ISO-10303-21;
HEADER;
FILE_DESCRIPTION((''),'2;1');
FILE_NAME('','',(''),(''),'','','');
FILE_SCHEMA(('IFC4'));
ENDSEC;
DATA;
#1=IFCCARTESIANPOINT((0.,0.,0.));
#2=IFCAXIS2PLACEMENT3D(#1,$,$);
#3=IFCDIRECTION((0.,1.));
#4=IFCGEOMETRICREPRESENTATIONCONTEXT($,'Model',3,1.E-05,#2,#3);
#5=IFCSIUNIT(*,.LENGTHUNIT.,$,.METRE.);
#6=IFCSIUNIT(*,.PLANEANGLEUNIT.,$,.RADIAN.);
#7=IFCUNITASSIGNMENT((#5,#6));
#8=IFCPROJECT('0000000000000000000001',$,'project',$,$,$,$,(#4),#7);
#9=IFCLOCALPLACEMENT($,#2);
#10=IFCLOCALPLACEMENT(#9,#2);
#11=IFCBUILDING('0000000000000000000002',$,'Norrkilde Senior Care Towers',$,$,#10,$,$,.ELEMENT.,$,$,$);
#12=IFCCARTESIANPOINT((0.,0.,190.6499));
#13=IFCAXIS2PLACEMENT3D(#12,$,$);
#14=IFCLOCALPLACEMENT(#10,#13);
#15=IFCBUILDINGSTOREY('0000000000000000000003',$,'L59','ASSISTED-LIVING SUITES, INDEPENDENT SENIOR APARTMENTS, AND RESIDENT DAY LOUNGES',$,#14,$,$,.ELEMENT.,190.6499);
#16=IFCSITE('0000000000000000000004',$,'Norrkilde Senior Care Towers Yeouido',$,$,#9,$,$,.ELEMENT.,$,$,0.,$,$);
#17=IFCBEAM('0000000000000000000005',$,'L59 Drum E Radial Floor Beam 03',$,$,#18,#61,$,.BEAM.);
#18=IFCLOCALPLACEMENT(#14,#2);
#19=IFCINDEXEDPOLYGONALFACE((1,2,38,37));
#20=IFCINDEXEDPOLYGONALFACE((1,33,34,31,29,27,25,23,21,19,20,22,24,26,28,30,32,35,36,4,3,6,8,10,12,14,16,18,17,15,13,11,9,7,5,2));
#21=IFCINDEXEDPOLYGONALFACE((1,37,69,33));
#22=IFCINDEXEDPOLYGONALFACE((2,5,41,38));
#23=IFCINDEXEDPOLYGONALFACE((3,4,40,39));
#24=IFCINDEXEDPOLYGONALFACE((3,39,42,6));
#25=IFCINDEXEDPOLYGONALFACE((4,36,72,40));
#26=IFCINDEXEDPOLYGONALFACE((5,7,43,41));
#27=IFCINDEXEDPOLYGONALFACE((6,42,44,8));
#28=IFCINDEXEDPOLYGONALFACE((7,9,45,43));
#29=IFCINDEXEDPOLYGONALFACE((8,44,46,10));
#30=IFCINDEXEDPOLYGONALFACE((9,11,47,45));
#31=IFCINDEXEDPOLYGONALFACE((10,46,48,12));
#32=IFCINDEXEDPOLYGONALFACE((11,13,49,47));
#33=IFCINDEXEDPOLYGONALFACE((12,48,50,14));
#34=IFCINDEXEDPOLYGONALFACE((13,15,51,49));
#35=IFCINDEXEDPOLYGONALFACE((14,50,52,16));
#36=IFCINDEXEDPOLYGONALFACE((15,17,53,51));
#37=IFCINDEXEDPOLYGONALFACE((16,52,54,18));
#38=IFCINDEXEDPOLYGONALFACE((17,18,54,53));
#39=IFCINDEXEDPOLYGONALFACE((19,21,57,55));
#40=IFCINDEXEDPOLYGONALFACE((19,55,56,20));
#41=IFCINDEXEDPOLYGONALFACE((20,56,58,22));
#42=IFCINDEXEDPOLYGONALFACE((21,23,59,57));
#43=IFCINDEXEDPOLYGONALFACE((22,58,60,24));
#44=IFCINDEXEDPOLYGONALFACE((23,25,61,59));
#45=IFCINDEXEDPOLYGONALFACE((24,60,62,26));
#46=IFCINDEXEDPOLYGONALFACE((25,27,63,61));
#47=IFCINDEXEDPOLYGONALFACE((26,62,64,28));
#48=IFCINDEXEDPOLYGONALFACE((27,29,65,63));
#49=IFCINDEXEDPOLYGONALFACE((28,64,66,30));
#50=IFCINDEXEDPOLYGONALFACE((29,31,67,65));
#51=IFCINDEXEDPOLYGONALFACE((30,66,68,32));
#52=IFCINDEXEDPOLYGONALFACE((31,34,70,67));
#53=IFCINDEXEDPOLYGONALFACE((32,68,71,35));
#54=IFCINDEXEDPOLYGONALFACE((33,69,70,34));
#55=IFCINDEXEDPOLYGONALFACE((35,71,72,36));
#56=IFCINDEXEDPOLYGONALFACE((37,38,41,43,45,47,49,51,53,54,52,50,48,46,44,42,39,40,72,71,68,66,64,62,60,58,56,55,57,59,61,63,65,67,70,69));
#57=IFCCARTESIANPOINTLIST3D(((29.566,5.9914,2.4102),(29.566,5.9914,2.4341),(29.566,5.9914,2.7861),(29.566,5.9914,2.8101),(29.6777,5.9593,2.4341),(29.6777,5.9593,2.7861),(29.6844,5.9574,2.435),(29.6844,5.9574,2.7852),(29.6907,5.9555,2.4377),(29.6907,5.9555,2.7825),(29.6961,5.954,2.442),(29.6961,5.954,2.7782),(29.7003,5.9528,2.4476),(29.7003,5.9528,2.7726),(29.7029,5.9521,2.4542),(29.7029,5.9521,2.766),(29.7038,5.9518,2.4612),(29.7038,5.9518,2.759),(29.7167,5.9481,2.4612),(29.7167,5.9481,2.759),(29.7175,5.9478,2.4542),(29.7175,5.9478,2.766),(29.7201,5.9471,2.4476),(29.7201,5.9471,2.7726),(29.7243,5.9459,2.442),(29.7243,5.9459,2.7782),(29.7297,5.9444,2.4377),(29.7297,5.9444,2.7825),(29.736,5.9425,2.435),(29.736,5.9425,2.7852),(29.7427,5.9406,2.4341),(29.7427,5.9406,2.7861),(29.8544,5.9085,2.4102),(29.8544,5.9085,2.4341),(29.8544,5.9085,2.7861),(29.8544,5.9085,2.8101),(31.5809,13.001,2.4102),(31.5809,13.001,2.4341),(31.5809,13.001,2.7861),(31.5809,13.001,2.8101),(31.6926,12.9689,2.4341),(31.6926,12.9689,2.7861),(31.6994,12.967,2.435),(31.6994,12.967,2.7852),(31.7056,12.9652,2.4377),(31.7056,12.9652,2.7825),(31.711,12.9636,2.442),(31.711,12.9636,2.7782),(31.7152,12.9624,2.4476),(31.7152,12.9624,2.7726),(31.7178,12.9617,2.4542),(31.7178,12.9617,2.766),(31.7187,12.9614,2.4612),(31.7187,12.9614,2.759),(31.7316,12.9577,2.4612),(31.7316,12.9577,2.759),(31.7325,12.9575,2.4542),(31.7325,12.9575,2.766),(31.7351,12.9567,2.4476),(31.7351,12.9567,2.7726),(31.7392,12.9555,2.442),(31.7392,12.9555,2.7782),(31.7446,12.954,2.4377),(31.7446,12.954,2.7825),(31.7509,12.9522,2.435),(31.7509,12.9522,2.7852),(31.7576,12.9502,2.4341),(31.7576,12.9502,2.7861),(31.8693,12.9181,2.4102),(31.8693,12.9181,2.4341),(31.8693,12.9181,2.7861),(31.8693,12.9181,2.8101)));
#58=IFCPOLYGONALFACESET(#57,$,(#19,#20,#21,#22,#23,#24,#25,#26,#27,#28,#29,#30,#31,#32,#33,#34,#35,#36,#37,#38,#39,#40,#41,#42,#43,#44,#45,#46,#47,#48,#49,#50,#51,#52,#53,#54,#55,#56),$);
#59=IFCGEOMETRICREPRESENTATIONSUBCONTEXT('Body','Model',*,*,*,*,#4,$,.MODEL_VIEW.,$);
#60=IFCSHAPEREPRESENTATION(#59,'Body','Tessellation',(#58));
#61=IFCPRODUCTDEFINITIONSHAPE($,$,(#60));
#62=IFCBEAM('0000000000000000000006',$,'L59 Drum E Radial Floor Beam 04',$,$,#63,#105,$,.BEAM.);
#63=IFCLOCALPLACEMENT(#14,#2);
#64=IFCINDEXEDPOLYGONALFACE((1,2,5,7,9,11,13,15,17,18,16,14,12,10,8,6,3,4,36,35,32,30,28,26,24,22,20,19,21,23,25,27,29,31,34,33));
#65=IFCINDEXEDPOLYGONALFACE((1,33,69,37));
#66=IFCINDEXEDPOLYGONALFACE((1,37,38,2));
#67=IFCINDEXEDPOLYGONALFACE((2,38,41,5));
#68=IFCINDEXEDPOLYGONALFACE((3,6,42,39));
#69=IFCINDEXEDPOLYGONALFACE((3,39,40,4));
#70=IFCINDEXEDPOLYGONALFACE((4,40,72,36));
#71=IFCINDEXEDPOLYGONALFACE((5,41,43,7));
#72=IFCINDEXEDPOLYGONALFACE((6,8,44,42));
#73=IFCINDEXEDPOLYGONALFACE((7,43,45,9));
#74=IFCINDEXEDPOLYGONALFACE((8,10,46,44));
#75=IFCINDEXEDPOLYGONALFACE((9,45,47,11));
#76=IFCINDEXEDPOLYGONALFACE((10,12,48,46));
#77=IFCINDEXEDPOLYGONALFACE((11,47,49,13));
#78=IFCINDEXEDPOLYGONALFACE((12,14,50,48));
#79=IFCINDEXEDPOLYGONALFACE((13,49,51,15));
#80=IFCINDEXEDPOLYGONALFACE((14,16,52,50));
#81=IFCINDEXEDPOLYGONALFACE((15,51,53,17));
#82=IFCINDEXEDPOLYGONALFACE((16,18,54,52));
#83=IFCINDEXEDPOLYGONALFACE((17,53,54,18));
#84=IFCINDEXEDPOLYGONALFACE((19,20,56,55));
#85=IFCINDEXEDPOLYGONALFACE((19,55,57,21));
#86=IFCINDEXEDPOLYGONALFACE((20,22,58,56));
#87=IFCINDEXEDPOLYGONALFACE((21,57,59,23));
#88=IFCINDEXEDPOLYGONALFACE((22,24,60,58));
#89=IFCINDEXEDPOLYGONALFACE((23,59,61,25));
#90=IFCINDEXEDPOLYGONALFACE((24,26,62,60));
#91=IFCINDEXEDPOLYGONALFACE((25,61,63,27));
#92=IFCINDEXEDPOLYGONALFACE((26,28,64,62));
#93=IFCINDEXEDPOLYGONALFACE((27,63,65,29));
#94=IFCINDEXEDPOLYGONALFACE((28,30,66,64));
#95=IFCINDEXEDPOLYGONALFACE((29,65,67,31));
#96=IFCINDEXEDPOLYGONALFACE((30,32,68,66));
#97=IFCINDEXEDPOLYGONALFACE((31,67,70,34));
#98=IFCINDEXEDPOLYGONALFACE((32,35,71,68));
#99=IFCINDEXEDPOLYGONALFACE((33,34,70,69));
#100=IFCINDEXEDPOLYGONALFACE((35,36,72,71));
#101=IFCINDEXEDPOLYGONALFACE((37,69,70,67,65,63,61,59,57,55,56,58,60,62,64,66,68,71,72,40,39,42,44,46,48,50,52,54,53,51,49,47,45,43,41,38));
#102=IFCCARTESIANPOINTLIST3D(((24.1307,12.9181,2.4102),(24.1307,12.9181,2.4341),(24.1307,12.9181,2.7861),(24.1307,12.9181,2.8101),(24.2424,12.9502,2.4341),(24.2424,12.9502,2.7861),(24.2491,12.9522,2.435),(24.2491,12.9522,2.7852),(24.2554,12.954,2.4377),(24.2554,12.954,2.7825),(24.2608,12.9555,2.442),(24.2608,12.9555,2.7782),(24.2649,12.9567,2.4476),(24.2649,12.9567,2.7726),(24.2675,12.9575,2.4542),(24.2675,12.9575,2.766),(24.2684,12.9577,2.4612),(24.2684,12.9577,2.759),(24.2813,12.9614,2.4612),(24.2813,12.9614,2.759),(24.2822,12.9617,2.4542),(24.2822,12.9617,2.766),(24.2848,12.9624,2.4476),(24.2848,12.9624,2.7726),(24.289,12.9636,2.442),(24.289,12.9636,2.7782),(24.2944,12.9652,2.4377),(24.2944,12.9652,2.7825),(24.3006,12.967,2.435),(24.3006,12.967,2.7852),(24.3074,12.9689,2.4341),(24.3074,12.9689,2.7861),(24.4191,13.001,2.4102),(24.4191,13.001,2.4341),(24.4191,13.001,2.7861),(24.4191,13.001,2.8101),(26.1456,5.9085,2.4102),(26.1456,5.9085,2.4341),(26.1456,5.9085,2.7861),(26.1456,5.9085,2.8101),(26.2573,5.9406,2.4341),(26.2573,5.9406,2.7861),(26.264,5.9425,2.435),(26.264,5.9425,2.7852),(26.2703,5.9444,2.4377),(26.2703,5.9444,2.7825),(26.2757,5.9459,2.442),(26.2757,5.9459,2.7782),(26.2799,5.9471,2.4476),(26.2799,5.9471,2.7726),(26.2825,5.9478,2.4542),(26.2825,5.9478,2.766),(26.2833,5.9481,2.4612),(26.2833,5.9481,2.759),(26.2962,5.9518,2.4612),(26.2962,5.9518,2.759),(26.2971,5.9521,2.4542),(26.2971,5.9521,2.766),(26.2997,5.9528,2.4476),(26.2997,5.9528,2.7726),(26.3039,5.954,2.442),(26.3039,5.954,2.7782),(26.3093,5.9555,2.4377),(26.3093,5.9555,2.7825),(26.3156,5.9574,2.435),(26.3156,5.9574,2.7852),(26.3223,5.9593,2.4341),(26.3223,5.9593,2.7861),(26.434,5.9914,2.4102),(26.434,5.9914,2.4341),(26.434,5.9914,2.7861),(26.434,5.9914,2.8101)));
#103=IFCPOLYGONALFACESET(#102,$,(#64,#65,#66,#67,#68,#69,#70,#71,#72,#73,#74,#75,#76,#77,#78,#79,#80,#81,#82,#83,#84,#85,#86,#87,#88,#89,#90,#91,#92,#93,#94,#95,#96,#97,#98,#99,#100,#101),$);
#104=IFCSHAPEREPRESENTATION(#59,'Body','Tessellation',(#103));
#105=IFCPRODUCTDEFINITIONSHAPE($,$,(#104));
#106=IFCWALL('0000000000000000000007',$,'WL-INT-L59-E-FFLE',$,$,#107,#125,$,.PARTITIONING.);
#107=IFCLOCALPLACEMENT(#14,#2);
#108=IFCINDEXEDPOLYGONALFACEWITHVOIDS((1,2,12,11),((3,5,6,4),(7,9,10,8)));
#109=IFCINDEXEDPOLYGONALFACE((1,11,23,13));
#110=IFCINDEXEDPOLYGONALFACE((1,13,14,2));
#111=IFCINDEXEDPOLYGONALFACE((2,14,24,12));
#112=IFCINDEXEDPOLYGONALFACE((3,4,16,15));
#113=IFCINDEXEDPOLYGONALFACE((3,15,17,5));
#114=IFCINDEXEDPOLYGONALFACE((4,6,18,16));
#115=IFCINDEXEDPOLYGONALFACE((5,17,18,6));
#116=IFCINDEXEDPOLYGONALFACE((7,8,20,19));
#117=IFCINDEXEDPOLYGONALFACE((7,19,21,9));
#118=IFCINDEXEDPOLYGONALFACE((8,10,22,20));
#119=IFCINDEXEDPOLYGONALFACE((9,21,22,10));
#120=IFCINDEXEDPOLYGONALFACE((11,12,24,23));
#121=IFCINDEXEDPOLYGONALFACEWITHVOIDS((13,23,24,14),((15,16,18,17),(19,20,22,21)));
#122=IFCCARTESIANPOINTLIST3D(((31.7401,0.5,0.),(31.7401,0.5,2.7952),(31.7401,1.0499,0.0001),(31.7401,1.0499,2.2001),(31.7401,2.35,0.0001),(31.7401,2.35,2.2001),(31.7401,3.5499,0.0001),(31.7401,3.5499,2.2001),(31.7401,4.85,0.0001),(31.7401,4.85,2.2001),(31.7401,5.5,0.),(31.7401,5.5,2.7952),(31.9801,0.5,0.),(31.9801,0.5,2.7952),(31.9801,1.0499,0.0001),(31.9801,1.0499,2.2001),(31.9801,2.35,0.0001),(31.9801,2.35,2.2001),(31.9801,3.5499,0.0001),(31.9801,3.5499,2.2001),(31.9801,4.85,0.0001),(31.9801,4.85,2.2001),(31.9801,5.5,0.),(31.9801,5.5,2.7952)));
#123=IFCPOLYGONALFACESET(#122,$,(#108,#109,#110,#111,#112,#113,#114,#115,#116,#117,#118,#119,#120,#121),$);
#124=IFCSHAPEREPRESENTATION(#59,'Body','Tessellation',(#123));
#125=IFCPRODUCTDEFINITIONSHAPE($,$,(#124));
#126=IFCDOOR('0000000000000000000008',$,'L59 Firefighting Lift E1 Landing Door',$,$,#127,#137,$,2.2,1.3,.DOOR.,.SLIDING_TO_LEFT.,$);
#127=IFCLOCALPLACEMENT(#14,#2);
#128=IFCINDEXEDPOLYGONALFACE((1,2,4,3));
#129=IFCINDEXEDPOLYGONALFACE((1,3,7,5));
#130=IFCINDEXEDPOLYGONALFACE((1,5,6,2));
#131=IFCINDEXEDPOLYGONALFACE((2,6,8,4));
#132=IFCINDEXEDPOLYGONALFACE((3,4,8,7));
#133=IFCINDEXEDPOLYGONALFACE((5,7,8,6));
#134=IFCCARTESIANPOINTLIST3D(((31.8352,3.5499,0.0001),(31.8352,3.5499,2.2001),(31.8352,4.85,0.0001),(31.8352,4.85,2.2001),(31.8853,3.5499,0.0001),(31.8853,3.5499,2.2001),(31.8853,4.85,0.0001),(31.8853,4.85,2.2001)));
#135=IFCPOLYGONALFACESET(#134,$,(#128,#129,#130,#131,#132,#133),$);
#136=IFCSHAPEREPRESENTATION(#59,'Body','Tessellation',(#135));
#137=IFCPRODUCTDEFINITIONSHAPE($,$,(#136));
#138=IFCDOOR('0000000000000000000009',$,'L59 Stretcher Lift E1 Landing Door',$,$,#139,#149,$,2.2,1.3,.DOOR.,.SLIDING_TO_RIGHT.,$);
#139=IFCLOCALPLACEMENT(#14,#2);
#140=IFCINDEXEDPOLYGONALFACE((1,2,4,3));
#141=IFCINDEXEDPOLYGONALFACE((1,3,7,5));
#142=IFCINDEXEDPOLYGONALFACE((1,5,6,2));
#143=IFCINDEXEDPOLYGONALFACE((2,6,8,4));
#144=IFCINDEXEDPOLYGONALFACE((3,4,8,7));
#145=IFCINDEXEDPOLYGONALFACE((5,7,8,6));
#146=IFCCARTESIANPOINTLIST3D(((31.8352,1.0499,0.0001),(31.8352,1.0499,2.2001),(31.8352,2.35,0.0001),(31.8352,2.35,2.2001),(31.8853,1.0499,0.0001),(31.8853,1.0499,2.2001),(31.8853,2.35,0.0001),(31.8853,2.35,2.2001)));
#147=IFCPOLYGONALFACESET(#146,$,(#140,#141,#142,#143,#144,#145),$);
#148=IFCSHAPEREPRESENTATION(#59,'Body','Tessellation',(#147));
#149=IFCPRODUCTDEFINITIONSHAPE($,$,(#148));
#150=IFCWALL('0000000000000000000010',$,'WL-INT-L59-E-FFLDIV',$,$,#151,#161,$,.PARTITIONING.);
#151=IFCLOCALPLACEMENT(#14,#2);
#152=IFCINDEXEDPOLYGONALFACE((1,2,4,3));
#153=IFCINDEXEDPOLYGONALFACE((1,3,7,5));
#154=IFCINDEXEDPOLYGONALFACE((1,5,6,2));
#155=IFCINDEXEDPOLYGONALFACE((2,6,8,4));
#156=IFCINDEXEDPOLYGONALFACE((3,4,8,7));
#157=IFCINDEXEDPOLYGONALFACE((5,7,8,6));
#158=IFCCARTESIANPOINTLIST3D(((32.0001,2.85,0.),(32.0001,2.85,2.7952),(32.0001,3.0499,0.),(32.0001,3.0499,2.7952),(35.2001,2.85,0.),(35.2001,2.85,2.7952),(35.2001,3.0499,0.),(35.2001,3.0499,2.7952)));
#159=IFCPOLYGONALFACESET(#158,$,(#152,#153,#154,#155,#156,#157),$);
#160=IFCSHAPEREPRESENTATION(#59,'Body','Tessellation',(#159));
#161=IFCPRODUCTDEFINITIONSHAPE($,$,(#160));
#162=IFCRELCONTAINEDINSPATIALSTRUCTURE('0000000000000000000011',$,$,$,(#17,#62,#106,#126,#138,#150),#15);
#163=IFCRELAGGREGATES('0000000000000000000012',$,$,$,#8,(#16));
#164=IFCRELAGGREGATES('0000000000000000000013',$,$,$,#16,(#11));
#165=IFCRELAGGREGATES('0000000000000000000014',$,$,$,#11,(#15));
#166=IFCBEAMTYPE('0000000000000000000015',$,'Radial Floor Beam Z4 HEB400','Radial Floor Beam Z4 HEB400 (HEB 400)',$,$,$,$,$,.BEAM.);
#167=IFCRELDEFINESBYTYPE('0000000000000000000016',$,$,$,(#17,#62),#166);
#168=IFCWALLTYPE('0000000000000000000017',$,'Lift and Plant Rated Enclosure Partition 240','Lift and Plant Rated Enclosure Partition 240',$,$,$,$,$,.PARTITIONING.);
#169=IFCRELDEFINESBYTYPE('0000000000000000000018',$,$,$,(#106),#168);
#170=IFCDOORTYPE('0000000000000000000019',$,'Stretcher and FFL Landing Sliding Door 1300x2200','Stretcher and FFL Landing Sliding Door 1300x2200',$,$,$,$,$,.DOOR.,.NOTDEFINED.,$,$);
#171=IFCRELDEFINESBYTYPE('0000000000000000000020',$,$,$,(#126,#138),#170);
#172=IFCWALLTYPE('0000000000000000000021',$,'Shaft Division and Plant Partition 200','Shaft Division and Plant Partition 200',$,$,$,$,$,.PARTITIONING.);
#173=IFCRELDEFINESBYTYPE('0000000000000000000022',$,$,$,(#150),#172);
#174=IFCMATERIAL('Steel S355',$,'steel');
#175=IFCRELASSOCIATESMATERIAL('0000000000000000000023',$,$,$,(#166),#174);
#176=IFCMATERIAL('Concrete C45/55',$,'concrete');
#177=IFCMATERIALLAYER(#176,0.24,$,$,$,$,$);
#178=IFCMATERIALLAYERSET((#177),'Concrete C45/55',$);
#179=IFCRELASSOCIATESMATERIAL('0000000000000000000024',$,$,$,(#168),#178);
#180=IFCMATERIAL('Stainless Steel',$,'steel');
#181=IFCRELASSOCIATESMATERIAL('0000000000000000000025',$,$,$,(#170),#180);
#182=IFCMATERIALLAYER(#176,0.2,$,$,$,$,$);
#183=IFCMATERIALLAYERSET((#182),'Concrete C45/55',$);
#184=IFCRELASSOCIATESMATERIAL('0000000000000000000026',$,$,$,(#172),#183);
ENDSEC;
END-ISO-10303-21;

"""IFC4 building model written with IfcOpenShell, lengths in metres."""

from ifc_helpers import new_model, si_unit, direction, frame, frame_2d, origin, origin_2d, place, context, subcontext, project, spatial, rectangle, i_section, extrude, source, transform, mapped, material, layer, layer_set, material_profile, profile_set, type_object, type_shapes, element, fill, save


model = new_model("IFC4")

# Units and contexts
model_context = context("Model", 3, precision=1e-05, world=origin(), true_north=direction((0.0, 1.0)))
body_context = subcontext(model_context, "Body", "Model", "MODEL_VIEW")
ifc_project = project(units=[si_unit("LENGTHUNIT", "METRE"), si_unit("PLANEANGLEUNIT", "RADIAN")], contexts=[model_context])

# Site, building, storey
site_placement = place(None, origin())
site = spatial("IfcSite", under=ifc_project, at=site_placement, Name="Norrkilde Senior Care Towers Yeouido", CompositionType="ELEMENT", RefElevation=0.0)
building_placement = place(site_placement, origin())
building = spatial("IfcBuilding", under=site, at=building_placement, Name="Norrkilde Senior Care Towers", CompositionType="ELEMENT")
storey_placement = place(building_placement, frame((0.0, 0.0, 190.6499)))
storey = spatial("IfcBuildingStorey", under=building, at=storey_placement, Name="L59", Description="ASSISTED-LIVING SUITES, INDEPENDENT SENIOR APARTMENTS, AND RESIDENT DAY LOUNGES", CompositionType="ELEMENT", Elevation=190.6499)

# Beams
ifc_material_1 = material(Name="Steel S355", Category="steel")
ifc_material_profile = material_profile(ifc_material_1, i_section(OverallWidth=0.3, OverallDepth=0.3999, WebThickness=0.0134, FlangeThickness=0.0239, FilletRadius=0.0271, at=origin_2d()), Name="HEB 400")
ifc_profile_set = profile_set([ifc_material_profile], Name="Steel S355")
beam_type = type_object("IfcBeamType", Name="Radial Floor Beam Z4 HEB400", Description="Radial Floor Beam Z4 HEB400 (HEB 400)", PredefinedType="BEAM", material=ifc_profile_set)
shared_shape_1 = source(origin(), body_context, "Body", "SweptSolid", [
    extrude(i_section(OverallWidth=0.3, OverallDepth=0.3999, WebThickness=0.0134, FlangeThickness=0.0239, FilletRadius=0.0271, at=origin_2d()), origin(), (0.0, 0.0, 1.0), 7.2935),
])
type_shapes(beam_type, [shared_shape_1])
for number, where, z_axis, x_axis, name in (
    (1, (29.7102, 5.95, 2.6101), (0.276264, 0.961082, 0.0), (-0.961082, 0.276264, 0.0), "L59 Drum E Radial Floor Beam 03"),
    (2, (26.2898, 5.95, 2.6101), (-0.276264, 0.961082, 0.0), (-0.961082, -0.276264, 0.0), "L59 Drum E Radial Floor Beam 04"),
):
    element("IfcBeam", number, at=place(storey_placement, frame(where, z_axis=z_axis, x_axis=x_axis)), inside=storey, type_object=beam_type, Name=name, PredefinedType="BEAM", context=body_context, shape_type="MappedRepresentation", body=[
        mapped(shared_shape_1, transform((0.0, 0.0, 0.0), x_axis=(1.0, 0.0, 0.0), y_axis=(0.0, 1.0, 0.0), z_axis=(0.0, 0.0, 1.0), scale=1.0)),
    ])

# Wall, openings, doors
ifc_material_2 = material(Name="Concrete C45/55", Category="concrete")
ifc_layer_1 = layer(ifc_material_2, 0.24)
ifc_layer_set_1 = layer_set([ifc_layer_1], Name="Concrete C45/55")
wall_type_1 = type_object("IfcWallType", Name="Lift and Plant Rated Enclosure Partition 240", Description="Lift and Plant Rated Enclosure Partition 240", PredefinedType="PARTITIONING", material=ifc_layer_set_1)
shared_shape_2 = source(origin(), body_context, "Body", "SweptSolid", [
    extrude(rectangle(XDim=5.0, YDim=0.24, at=frame_2d((2.5, 0.0))), origin(), (0.0, 0.0, 1.0), 2.7952),
])
type_shapes(wall_type_1, [shared_shape_2])
wall_1_placement = place(storey_placement, frame((31.8601, 0.5, 0.0), z_axis=(0.0, 0.0, 1.0), x_axis=(0.0, 1.0, 0.0)))
wall_1 = element("IfcWall", 3, at=wall_1_placement, inside=storey, type_object=wall_type_1, Name="WL-INT-L59-E-FFLE", PredefinedType="PARTITIONING", context=body_context, shape_type="MappedRepresentation", body=[
    mapped(shared_shape_2, transform((0.0, 0.0, 0.0), x_axis=(1.0, 0.0, 0.0), y_axis=(0.0, 1.0, 0.0), z_axis=(0.0, 0.0, 1.0), scale=1.0)),
])
opening_1_placement = place(wall_1_placement, frame((3.05, 0.0, 0.0)))
opening_1 = element("IfcOpeningElement", 4, at=opening_1_placement, cuts=wall_1, PredefinedType="OPENING", context=body_context, shape_type="SweptSolid", body=[
    extrude(rectangle(XDim=1.3, YDim=2.2, at=frame_2d((0.6499, 1.1001))), frame((0.0, 0.1299, 0.0), z_axis=(0.0, -1.0, 0.0), x_axis=(1.0, 0.0, 0.0)), (0.0, 0.0, 1.0), 0.26),
])
opening_2_placement = place(wall_1_placement, frame((0.55, 0.0, 0.0)))
opening_2 = element("IfcOpeningElement", 5, at=opening_2_placement, cuts=wall_1, PredefinedType="OPENING", context=body_context, shape_type="SweptSolid", body=[
    extrude(rectangle(XDim=1.3, YDim=2.2, at=frame_2d((0.6499, 1.1001))), frame((0.0, 0.1299, 0.0), z_axis=(0.0, -1.0, 0.0), x_axis=(1.0, 0.0, 0.0)), (0.0, 0.0, 1.0), 0.26),
])
ifc_material_3 = material(Name="Stainless Steel", Category="steel")
door_type_1 = type_object("IfcDoorType", Name="Stretcher and FFL Landing Sliding Door 1300x2200", Description="Stretcher and FFL Landing Sliding Door 1300x2200", OperationType="NOTDEFINED", PredefinedType="DOOR", material=ifc_material_3)
shared_shape_3 = source(origin(), body_context, "Body", "SweptSolid", [
    extrude(rectangle(XDim=1.3, YDim=2.2, at=frame_2d((0.6499, 1.1001))), frame((0.0, 0.0249, 0.0), z_axis=(0.0, -1.0, 0.0), x_axis=(1.0, 0.0, 0.0)), (0.0, 0.0, 1.0), 0.05),
])
type_shapes(door_type_1, [shared_shape_3])
door_1_placement = place(opening_1_placement, origin())
door_1 = element("IfcDoor", 6, at=door_1_placement, inside=storey, type_object=door_type_1, Name="L59 Firefighting Lift E1 Landing Door", OperationType="SLIDING_TO_LEFT", OverallHeight=2.2, OverallWidth=1.3, PredefinedType="DOOR", context=body_context, shape_type="MappedRepresentation", body=[
    mapped(shared_shape_3, transform((0.0, 0.0, 0.0), x_axis=(1.0, 0.0, 0.0), y_axis=(0.0, 1.0, 0.0), z_axis=(0.0, 0.0, 1.0), scale=1.0)),
])
fill(opening_1, door_1)
door_2_placement = place(opening_2_placement, origin())
door_2 = element("IfcDoor", 7, at=door_2_placement, inside=storey, type_object=door_type_1, Name="L59 Stretcher Lift E1 Landing Door", OperationType="SLIDING_TO_RIGHT", OverallHeight=2.2, OverallWidth=1.3, PredefinedType="DOOR", context=body_context, shape_type="MappedRepresentation", body=[
    mapped(shared_shape_3, transform((0.0, 0.0, 0.0), x_axis=(1.0, 0.0, 0.0), y_axis=(0.0, 1.0, 0.0), z_axis=(0.0, 0.0, 1.0), scale=1.0)),
])
fill(opening_2, door_2)

# Wall
ifc_layer_2 = layer(ifc_material_2, 0.2)
ifc_layer_set_2 = layer_set([ifc_layer_2], Name="Concrete C45/55")
wall_type_2 = type_object("IfcWallType", Name="Shaft Division and Plant Partition 200", Description="Shaft Division and Plant Partition 200", PredefinedType="PARTITIONING", material=ifc_layer_set_2)
shared_shape_4 = source(origin(), body_context, "Body", "SweptSolid", [
    extrude(rectangle(XDim=3.2, YDim=0.2, at=frame_2d((1.6001, 0.0))), origin(), (0.0, 0.0, 1.0), 2.7952),
])
type_shapes(wall_type_2, [shared_shape_4])
wall_2_placement = place(storey_placement, frame((32.0, 2.95, 0.0), z_axis=(0.0, 0.0, 1.0), x_axis=(1.0, 0.0, 0.0)))
element("IfcWall", 8, at=wall_2_placement, inside=storey, type_object=wall_type_2, Name="WL-INT-L59-E-FFLDIV", PredefinedType="PARTITIONING", context=body_context, shape_type="MappedRepresentation", body=[
    mapped(shared_shape_4, transform((0.0, 0.0, 0.0), x_axis=(1.0, 0.0, 0.0), y_axis=(0.0, 1.0, 0.0), z_axis=(0.0, 0.0, 1.0), scale=1.0)),
])

save(model, "model.ifc")
